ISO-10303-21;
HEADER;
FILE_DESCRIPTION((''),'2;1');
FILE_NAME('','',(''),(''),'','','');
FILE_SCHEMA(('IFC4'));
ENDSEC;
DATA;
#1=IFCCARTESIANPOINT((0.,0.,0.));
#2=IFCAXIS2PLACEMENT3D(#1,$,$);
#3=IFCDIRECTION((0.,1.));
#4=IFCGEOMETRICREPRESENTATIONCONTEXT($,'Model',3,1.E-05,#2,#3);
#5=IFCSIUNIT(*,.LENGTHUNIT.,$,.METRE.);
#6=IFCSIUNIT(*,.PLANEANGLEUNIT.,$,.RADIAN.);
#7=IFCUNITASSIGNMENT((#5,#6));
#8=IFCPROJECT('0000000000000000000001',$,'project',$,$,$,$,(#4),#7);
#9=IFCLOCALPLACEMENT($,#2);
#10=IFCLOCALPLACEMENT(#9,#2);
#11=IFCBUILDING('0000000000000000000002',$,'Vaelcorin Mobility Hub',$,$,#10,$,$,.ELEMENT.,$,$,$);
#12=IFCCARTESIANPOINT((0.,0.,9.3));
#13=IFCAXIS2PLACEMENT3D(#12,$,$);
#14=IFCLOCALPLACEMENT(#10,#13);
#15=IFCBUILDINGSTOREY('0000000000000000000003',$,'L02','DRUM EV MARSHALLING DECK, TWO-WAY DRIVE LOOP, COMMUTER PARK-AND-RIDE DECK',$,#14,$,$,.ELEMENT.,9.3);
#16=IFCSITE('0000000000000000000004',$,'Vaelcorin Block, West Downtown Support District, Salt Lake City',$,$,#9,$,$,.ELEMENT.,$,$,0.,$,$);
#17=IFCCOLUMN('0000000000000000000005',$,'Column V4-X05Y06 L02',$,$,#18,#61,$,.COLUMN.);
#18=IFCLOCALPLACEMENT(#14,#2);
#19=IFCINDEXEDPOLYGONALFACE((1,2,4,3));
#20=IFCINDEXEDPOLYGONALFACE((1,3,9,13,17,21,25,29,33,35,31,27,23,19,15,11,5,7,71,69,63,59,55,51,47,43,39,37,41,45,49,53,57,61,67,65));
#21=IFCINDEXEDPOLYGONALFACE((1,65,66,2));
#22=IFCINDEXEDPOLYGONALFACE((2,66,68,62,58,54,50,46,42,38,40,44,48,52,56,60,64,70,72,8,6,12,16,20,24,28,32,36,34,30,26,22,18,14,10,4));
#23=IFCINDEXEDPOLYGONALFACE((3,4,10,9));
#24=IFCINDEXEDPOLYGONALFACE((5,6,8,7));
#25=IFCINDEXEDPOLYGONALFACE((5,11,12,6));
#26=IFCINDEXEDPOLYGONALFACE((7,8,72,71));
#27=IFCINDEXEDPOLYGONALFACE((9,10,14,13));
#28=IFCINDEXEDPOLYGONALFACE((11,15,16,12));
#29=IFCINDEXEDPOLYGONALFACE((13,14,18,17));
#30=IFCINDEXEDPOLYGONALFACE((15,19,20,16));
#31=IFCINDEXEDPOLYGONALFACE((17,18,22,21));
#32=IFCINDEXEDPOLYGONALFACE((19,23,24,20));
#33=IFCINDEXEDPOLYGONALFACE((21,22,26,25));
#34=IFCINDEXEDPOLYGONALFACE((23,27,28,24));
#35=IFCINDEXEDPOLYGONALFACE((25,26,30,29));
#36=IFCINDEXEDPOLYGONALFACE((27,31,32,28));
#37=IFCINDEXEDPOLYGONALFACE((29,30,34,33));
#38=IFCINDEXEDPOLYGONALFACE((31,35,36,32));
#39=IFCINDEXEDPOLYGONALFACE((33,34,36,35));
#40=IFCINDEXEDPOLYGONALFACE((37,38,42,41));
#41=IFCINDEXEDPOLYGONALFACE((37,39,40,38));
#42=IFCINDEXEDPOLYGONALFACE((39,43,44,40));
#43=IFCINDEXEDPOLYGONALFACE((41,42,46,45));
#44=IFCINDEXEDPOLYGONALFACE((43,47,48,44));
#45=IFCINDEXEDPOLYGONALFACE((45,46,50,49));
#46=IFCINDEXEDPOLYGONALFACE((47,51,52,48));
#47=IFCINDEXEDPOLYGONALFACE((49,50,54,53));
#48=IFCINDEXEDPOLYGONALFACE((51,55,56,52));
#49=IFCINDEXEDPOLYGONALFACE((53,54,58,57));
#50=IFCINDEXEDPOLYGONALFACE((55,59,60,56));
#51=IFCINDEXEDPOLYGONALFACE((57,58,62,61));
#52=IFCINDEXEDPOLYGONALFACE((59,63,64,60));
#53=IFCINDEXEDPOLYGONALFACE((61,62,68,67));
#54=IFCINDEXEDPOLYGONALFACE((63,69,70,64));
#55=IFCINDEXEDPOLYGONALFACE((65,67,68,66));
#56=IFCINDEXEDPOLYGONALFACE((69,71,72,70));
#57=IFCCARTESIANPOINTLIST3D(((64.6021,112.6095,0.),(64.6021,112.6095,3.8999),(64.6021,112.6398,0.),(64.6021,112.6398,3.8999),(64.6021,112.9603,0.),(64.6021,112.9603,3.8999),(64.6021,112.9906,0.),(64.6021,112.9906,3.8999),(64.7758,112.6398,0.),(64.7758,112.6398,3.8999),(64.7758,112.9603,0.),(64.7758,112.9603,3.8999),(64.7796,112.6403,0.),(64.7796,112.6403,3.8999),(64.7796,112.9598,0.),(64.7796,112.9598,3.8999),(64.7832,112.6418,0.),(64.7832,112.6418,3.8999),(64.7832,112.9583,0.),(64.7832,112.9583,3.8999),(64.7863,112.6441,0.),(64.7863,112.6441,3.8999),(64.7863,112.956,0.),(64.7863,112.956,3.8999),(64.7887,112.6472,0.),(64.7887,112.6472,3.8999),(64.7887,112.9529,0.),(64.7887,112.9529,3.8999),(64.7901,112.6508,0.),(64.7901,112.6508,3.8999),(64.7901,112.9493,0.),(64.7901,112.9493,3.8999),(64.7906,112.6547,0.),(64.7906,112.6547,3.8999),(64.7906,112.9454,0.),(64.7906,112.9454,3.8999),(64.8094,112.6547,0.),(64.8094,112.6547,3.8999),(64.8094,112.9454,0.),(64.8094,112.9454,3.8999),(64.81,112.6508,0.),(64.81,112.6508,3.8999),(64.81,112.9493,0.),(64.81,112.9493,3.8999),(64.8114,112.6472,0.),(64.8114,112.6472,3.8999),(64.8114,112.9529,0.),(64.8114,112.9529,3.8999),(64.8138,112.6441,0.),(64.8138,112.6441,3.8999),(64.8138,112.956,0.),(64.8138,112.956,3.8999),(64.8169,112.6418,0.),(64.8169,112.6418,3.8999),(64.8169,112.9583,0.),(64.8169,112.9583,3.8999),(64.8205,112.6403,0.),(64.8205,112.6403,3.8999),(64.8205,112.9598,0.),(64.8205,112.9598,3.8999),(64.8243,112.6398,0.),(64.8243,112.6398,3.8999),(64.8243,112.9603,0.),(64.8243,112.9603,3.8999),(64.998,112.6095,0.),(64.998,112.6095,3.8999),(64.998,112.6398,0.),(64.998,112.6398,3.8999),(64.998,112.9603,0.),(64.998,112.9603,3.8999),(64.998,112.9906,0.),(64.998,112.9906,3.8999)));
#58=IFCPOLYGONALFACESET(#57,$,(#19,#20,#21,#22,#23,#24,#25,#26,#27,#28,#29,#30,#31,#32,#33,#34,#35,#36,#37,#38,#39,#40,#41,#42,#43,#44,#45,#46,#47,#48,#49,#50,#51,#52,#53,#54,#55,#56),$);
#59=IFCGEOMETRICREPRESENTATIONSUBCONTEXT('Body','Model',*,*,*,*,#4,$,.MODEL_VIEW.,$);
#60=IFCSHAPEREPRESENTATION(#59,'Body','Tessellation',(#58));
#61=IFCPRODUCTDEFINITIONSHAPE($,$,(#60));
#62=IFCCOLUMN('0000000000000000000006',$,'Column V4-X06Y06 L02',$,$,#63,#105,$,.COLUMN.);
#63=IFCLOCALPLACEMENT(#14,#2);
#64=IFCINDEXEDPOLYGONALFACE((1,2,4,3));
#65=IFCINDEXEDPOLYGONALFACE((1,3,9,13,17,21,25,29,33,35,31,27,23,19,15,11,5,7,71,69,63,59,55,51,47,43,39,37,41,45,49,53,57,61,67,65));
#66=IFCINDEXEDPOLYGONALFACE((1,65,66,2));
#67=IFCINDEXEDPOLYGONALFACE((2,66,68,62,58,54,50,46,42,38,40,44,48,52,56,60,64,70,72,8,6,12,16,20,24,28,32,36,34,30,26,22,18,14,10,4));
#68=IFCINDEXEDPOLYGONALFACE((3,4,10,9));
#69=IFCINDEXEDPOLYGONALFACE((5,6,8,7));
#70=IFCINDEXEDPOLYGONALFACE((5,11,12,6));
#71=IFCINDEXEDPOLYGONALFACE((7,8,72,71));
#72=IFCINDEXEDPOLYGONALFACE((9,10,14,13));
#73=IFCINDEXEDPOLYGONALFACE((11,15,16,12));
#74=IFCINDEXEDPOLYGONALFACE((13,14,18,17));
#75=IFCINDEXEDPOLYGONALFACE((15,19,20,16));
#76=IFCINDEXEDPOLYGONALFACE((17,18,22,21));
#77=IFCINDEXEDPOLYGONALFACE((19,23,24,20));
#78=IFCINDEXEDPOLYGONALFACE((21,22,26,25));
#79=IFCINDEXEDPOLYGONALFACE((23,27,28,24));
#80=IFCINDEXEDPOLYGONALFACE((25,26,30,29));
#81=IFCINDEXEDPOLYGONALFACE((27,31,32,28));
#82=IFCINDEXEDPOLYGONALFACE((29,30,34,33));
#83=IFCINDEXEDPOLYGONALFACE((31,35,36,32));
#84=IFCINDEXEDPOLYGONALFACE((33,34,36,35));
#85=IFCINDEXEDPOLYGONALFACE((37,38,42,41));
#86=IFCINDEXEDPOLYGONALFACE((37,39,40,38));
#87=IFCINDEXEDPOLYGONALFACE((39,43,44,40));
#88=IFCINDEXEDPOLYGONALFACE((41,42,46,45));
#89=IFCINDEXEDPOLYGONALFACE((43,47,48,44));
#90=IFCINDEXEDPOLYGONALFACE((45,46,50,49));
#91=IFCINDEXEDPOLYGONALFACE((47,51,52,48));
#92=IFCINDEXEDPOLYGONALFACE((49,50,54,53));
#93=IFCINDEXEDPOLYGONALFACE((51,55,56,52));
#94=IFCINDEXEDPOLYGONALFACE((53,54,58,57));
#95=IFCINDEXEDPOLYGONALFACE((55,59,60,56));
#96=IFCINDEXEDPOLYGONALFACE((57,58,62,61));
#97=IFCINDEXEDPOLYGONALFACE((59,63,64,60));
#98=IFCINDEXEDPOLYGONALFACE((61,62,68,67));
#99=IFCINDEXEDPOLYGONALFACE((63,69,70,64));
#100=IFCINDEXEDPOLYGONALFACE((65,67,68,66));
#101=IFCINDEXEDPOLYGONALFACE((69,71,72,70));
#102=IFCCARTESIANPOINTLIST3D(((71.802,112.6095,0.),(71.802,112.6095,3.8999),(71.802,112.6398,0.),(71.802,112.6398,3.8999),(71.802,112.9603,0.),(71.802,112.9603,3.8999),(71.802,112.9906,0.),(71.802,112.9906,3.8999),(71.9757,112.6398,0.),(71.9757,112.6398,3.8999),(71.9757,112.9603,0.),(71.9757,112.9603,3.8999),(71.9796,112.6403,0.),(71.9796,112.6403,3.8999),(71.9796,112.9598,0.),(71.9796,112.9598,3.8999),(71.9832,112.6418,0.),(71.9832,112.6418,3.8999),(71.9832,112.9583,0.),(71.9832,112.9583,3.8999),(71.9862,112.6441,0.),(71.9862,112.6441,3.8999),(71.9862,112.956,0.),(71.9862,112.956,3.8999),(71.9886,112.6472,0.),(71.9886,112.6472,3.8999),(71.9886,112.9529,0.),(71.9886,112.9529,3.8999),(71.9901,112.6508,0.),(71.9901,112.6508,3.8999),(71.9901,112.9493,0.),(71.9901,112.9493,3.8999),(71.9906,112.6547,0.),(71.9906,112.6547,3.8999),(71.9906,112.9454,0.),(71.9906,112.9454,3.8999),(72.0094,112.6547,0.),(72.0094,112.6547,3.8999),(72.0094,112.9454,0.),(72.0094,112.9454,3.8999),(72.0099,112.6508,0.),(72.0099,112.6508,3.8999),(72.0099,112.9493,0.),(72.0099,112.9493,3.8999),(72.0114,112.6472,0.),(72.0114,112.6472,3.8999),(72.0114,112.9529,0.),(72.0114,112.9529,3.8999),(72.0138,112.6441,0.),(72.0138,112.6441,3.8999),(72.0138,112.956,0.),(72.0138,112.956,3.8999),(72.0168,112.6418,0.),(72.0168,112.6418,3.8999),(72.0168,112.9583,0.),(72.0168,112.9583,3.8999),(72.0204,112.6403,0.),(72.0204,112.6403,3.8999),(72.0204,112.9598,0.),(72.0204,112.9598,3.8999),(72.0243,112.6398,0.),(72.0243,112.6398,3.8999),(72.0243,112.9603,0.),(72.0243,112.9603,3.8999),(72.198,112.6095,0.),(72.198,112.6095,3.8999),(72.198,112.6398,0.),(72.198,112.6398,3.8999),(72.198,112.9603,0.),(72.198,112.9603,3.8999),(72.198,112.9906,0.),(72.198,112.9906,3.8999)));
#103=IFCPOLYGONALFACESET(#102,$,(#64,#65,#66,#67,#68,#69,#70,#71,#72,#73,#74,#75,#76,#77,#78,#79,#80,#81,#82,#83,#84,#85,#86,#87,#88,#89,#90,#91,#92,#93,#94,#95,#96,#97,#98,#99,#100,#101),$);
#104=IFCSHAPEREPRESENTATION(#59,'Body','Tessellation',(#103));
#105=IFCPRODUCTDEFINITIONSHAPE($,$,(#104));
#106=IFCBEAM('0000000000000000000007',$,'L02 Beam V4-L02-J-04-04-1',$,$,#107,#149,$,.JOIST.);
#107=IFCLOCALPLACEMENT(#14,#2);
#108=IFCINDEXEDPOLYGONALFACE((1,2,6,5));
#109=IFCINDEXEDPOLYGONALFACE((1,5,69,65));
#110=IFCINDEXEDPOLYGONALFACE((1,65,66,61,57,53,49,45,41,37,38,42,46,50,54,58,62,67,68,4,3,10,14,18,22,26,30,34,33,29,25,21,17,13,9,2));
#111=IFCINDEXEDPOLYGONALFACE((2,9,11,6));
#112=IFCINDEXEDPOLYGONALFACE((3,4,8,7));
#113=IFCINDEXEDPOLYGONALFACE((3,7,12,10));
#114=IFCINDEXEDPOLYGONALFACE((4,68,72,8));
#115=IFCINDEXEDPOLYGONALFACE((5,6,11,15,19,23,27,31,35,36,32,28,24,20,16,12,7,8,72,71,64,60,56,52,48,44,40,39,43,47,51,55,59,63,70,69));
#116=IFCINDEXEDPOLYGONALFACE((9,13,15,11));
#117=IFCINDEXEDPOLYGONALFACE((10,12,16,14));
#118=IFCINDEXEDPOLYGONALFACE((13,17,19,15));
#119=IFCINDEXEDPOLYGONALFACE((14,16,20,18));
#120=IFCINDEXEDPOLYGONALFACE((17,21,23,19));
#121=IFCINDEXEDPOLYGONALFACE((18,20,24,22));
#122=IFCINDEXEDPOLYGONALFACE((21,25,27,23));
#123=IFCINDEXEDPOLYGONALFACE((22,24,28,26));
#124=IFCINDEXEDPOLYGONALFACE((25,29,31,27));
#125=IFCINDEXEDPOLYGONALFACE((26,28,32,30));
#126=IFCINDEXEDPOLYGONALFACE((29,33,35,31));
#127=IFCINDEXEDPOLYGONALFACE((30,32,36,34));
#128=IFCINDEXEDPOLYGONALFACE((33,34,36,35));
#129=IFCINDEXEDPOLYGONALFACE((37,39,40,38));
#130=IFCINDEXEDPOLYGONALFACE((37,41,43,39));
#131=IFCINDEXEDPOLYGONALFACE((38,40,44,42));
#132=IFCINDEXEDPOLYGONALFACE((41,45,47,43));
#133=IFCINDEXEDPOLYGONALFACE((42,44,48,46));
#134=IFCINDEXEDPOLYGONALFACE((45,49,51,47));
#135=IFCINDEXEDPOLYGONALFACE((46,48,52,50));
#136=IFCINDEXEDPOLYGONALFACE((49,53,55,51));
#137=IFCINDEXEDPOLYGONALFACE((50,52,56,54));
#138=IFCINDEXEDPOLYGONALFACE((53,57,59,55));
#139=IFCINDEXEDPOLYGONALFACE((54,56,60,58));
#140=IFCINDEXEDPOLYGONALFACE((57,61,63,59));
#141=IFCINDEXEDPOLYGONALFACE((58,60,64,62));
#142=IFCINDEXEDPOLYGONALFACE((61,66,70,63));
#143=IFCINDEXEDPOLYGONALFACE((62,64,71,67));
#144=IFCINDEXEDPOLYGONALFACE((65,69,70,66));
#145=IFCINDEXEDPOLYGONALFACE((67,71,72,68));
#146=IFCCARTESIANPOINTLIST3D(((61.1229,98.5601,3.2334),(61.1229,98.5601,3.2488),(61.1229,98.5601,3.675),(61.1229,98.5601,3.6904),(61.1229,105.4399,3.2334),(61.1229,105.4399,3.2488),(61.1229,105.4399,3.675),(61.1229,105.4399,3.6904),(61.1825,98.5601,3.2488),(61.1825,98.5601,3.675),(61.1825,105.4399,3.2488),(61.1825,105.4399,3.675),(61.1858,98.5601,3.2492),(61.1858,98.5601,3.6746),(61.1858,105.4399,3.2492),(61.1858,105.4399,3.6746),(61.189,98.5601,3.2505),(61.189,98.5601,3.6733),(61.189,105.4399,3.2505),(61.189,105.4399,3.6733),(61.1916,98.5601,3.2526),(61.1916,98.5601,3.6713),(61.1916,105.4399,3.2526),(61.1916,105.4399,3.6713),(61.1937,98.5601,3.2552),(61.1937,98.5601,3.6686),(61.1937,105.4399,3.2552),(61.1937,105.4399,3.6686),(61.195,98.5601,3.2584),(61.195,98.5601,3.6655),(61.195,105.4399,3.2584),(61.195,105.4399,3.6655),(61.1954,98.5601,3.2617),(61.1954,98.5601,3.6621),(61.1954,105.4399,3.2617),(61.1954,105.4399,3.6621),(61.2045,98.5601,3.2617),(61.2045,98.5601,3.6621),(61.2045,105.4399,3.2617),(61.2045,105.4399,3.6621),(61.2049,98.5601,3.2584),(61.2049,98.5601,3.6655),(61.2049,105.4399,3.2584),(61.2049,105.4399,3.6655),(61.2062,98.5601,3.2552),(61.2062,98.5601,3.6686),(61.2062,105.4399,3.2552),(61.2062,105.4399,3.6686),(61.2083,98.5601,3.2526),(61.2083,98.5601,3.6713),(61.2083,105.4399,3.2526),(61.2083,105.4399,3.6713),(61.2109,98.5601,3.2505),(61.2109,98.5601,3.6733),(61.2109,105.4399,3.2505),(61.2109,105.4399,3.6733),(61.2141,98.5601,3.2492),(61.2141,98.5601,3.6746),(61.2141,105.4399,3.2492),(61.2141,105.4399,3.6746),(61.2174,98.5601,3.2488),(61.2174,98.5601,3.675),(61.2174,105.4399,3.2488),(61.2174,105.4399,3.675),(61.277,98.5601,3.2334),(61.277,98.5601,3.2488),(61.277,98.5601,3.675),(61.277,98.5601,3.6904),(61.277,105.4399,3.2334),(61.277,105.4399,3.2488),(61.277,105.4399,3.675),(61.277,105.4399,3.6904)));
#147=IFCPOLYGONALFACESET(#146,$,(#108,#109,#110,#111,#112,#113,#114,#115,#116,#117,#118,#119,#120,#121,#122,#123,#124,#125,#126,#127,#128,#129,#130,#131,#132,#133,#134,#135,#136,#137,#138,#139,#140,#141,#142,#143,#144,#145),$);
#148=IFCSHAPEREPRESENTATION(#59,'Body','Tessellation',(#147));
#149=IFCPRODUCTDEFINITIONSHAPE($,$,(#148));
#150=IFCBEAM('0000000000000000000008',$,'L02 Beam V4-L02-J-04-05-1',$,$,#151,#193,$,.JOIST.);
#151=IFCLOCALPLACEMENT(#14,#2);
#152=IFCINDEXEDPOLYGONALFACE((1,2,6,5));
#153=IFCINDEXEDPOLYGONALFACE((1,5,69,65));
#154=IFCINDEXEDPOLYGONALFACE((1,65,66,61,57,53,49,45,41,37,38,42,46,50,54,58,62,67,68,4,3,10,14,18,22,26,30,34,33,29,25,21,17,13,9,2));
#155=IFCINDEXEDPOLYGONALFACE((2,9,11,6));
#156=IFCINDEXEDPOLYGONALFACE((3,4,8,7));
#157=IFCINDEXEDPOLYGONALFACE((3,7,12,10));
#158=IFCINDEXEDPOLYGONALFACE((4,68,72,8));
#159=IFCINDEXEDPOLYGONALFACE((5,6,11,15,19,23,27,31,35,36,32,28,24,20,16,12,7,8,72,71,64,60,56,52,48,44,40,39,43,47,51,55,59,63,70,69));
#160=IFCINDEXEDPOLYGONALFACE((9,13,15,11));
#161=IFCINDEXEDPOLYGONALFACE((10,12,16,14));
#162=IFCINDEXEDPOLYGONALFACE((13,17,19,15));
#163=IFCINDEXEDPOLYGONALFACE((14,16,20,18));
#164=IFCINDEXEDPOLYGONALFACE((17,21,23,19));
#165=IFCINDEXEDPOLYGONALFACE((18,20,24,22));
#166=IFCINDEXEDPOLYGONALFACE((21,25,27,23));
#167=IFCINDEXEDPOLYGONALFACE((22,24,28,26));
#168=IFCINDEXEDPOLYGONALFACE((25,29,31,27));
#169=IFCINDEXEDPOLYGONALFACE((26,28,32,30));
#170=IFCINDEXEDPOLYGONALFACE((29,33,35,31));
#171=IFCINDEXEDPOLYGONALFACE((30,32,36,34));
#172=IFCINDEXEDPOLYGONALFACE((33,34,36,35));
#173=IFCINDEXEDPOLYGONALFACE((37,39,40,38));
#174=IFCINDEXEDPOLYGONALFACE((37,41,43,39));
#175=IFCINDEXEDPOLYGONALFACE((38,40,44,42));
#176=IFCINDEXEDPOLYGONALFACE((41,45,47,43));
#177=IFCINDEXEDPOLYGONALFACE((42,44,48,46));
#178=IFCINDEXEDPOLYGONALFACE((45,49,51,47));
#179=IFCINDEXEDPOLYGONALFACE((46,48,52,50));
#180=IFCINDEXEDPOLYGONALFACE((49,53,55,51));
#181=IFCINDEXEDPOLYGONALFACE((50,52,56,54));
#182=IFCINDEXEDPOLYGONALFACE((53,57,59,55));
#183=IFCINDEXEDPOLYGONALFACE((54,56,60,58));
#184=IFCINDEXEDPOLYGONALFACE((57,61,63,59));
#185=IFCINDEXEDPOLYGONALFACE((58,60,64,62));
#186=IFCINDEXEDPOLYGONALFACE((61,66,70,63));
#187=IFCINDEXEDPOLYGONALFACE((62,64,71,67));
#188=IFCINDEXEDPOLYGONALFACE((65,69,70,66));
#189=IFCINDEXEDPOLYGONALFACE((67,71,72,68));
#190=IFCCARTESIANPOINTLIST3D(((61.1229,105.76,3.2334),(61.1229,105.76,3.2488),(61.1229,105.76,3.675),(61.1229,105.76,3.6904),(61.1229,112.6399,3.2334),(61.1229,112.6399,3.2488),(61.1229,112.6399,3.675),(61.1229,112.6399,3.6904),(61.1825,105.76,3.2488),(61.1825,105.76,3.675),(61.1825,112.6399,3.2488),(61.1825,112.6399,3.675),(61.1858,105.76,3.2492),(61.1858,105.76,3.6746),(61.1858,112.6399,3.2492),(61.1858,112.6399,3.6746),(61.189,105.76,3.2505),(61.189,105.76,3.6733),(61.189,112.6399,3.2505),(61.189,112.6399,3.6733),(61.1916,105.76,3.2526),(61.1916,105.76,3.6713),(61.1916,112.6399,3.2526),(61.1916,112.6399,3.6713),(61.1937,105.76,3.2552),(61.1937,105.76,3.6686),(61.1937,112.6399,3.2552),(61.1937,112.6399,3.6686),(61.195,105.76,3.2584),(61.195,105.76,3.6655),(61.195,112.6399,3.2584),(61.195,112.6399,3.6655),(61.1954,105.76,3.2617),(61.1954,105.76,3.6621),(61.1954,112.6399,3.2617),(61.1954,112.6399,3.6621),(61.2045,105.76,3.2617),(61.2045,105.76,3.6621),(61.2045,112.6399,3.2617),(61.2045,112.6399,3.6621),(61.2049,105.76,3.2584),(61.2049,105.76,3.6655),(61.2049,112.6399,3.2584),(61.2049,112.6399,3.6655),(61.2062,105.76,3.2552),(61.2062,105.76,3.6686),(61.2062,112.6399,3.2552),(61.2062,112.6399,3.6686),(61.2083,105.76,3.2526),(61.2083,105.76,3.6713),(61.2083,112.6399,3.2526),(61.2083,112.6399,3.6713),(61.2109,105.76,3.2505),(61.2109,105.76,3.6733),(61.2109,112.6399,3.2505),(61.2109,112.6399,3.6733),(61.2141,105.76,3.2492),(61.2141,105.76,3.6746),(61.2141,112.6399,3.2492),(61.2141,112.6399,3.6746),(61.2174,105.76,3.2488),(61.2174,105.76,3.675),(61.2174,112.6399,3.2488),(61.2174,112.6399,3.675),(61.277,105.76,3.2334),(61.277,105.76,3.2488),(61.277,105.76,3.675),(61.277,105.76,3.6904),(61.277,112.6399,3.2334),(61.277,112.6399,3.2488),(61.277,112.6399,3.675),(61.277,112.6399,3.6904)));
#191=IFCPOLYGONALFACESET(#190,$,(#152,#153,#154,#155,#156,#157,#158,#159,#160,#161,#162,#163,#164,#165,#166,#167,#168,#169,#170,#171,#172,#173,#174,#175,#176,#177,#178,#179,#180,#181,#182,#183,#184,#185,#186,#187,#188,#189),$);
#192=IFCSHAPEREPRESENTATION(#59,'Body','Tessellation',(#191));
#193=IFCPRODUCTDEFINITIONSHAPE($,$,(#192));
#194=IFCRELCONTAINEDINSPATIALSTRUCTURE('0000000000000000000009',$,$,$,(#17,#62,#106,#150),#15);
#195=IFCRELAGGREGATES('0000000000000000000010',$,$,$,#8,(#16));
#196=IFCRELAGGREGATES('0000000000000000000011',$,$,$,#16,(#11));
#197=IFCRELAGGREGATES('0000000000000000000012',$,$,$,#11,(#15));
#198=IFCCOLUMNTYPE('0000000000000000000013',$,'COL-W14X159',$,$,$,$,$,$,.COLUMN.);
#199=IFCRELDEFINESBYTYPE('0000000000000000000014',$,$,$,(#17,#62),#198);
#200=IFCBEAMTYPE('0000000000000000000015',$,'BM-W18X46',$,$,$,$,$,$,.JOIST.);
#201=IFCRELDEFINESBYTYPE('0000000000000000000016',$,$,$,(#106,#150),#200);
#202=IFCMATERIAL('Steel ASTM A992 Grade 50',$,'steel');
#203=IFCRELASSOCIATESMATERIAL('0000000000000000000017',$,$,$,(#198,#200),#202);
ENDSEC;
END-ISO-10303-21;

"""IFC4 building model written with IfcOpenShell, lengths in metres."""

from ifc_helpers import new_model, si_unit, direction, frame, origin, origin_2d, place, context, subcontext, project, spatial, i_section, extrude, material, material_profile, profile_set, type_object, element, save


model = new_model("IFC4")

# Units and contexts
model_context = context("Model", 3, precision=1e-05, world=origin(), true_north=direction((0.0, 1.0)))
body_context = subcontext(model_context, "Body", "Model", "MODEL_VIEW")
ifc_project = project(units=[si_unit("LENGTHUNIT", "METRE"), si_unit("PLANEANGLEUNIT", "RADIAN")], contexts=[model_context])

# Site, building, storey
site_placement = place(None, origin())
site = spatial("IfcSite", under=ifc_project, at=site_placement, Name="Vaelcorin Block, West Downtown Support District, Salt Lake City", CompositionType="ELEMENT", RefElevation=0.0)
building_placement = place(site_placement, origin())
building = spatial("IfcBuilding", under=site, at=building_placement, Name="Vaelcorin Mobility Hub", CompositionType="ELEMENT")
storey_placement = place(building_placement, frame((0.0, 0.0, 9.3)))
storey = spatial("IfcBuildingStorey", under=building, at=storey_placement, Name="L02", Description="DRUM EV MARSHALLING DECK, TWO-WAY DRIVE LOOP, COMMUTER PARK-AND-RIDE DECK", CompositionType="ELEMENT", Elevation=9.3)

# Columns
ifc_material_1 = material(Name="Steel ASTM A992 Grade 50", Category="steel")
ifc_material_profile_1 = material_profile(ifc_material_1, i_section(OverallWidth=0.396, OverallDepth=0.3811, WebThickness=0.0188, FlangeThickness=0.0303, FilletRadius=0.0149, at=origin_2d()), Name="W14X159")
ifc_profile_set_1 = profile_set([ifc_material_profile_1], Name="Steel ASTM A992 Grade 50")
column_type_1 = type_object("IfcColumnType", Name="COL-W14X159", PredefinedType="COLUMN", material=ifc_profile_set_1)
for number, where, z_axis, x_axis, name in (
    (1, (64.8, 112.8, 0.0), (0.0, 0.0, 1.0), (1.0, 0.0, 0.0), "Column V4-X05Y06 L02"),
    (2, (72.0, 112.8, 0.0), (0.0, 0.0, 1.0), (1.0, 0.0, 0.0), "Column V4-X06Y06 L02"),
):
    element("IfcColumn", number, at=place(storey_placement, frame(where, z_axis=z_axis, x_axis=x_axis)), inside=storey, type_object=column_type_1, Name=name, PredefinedType="COLUMN", context=body_context, shape_type="SweptSolid", body=[
        extrude(i_section(OverallWidth=0.396, OverallDepth=0.3811, WebThickness=0.0188, FlangeThickness=0.0303, FilletRadius=0.0149, at=origin_2d()), origin(), (0.0, 0.0, 1.0), 3.8999),
    ])

# Beams
ifc_material_profile_2 = material_profile(ifc_material_1, i_section(OverallWidth=0.1541, OverallDepth=0.457, WebThickness=0.009, FlangeThickness=0.0154, FilletRadius=0.0129, at=origin_2d()), Name="W18X46")
ifc_profile_set_2 = profile_set([ifc_material_profile_2], Name="Steel ASTM A992 Grade 50")
beam_type_1 = type_object("IfcBeamType", Name="BM-W18X46", PredefinedType="JOIST", material=ifc_profile_set_2)
for number, where, z_axis, x_axis, name in (
    (3, (61.2, 98.5601, 3.4619), (0.0, 1.0, 0.0), (-1.0, 0.0, 0.0), "L02 Beam V4-L02-J-04-04-1"),
    (4, (61.2, 105.76, 3.4619), (0.0, 1.0, 0.0), (-1.0, 0.0, 0.0), "L02 Beam V4-L02-J-04-05-1"),
):
    element("IfcBeam", number, at=place(storey_placement, frame(where, z_axis=z_axis, x_axis=x_axis)), inside=storey, type_object=beam_type_1, Name=name, PredefinedType="JOIST", context=body_context, shape_type="SweptSolid", body=[
        extrude(i_section(OverallWidth=0.1541, OverallDepth=0.457, WebThickness=0.009, FlangeThickness=0.0154, FilletRadius=0.0129, at=origin_2d()), origin(), (0.0, 0.0, 1.0), 6.8799),
    ])

save(model, "model.ifc")
